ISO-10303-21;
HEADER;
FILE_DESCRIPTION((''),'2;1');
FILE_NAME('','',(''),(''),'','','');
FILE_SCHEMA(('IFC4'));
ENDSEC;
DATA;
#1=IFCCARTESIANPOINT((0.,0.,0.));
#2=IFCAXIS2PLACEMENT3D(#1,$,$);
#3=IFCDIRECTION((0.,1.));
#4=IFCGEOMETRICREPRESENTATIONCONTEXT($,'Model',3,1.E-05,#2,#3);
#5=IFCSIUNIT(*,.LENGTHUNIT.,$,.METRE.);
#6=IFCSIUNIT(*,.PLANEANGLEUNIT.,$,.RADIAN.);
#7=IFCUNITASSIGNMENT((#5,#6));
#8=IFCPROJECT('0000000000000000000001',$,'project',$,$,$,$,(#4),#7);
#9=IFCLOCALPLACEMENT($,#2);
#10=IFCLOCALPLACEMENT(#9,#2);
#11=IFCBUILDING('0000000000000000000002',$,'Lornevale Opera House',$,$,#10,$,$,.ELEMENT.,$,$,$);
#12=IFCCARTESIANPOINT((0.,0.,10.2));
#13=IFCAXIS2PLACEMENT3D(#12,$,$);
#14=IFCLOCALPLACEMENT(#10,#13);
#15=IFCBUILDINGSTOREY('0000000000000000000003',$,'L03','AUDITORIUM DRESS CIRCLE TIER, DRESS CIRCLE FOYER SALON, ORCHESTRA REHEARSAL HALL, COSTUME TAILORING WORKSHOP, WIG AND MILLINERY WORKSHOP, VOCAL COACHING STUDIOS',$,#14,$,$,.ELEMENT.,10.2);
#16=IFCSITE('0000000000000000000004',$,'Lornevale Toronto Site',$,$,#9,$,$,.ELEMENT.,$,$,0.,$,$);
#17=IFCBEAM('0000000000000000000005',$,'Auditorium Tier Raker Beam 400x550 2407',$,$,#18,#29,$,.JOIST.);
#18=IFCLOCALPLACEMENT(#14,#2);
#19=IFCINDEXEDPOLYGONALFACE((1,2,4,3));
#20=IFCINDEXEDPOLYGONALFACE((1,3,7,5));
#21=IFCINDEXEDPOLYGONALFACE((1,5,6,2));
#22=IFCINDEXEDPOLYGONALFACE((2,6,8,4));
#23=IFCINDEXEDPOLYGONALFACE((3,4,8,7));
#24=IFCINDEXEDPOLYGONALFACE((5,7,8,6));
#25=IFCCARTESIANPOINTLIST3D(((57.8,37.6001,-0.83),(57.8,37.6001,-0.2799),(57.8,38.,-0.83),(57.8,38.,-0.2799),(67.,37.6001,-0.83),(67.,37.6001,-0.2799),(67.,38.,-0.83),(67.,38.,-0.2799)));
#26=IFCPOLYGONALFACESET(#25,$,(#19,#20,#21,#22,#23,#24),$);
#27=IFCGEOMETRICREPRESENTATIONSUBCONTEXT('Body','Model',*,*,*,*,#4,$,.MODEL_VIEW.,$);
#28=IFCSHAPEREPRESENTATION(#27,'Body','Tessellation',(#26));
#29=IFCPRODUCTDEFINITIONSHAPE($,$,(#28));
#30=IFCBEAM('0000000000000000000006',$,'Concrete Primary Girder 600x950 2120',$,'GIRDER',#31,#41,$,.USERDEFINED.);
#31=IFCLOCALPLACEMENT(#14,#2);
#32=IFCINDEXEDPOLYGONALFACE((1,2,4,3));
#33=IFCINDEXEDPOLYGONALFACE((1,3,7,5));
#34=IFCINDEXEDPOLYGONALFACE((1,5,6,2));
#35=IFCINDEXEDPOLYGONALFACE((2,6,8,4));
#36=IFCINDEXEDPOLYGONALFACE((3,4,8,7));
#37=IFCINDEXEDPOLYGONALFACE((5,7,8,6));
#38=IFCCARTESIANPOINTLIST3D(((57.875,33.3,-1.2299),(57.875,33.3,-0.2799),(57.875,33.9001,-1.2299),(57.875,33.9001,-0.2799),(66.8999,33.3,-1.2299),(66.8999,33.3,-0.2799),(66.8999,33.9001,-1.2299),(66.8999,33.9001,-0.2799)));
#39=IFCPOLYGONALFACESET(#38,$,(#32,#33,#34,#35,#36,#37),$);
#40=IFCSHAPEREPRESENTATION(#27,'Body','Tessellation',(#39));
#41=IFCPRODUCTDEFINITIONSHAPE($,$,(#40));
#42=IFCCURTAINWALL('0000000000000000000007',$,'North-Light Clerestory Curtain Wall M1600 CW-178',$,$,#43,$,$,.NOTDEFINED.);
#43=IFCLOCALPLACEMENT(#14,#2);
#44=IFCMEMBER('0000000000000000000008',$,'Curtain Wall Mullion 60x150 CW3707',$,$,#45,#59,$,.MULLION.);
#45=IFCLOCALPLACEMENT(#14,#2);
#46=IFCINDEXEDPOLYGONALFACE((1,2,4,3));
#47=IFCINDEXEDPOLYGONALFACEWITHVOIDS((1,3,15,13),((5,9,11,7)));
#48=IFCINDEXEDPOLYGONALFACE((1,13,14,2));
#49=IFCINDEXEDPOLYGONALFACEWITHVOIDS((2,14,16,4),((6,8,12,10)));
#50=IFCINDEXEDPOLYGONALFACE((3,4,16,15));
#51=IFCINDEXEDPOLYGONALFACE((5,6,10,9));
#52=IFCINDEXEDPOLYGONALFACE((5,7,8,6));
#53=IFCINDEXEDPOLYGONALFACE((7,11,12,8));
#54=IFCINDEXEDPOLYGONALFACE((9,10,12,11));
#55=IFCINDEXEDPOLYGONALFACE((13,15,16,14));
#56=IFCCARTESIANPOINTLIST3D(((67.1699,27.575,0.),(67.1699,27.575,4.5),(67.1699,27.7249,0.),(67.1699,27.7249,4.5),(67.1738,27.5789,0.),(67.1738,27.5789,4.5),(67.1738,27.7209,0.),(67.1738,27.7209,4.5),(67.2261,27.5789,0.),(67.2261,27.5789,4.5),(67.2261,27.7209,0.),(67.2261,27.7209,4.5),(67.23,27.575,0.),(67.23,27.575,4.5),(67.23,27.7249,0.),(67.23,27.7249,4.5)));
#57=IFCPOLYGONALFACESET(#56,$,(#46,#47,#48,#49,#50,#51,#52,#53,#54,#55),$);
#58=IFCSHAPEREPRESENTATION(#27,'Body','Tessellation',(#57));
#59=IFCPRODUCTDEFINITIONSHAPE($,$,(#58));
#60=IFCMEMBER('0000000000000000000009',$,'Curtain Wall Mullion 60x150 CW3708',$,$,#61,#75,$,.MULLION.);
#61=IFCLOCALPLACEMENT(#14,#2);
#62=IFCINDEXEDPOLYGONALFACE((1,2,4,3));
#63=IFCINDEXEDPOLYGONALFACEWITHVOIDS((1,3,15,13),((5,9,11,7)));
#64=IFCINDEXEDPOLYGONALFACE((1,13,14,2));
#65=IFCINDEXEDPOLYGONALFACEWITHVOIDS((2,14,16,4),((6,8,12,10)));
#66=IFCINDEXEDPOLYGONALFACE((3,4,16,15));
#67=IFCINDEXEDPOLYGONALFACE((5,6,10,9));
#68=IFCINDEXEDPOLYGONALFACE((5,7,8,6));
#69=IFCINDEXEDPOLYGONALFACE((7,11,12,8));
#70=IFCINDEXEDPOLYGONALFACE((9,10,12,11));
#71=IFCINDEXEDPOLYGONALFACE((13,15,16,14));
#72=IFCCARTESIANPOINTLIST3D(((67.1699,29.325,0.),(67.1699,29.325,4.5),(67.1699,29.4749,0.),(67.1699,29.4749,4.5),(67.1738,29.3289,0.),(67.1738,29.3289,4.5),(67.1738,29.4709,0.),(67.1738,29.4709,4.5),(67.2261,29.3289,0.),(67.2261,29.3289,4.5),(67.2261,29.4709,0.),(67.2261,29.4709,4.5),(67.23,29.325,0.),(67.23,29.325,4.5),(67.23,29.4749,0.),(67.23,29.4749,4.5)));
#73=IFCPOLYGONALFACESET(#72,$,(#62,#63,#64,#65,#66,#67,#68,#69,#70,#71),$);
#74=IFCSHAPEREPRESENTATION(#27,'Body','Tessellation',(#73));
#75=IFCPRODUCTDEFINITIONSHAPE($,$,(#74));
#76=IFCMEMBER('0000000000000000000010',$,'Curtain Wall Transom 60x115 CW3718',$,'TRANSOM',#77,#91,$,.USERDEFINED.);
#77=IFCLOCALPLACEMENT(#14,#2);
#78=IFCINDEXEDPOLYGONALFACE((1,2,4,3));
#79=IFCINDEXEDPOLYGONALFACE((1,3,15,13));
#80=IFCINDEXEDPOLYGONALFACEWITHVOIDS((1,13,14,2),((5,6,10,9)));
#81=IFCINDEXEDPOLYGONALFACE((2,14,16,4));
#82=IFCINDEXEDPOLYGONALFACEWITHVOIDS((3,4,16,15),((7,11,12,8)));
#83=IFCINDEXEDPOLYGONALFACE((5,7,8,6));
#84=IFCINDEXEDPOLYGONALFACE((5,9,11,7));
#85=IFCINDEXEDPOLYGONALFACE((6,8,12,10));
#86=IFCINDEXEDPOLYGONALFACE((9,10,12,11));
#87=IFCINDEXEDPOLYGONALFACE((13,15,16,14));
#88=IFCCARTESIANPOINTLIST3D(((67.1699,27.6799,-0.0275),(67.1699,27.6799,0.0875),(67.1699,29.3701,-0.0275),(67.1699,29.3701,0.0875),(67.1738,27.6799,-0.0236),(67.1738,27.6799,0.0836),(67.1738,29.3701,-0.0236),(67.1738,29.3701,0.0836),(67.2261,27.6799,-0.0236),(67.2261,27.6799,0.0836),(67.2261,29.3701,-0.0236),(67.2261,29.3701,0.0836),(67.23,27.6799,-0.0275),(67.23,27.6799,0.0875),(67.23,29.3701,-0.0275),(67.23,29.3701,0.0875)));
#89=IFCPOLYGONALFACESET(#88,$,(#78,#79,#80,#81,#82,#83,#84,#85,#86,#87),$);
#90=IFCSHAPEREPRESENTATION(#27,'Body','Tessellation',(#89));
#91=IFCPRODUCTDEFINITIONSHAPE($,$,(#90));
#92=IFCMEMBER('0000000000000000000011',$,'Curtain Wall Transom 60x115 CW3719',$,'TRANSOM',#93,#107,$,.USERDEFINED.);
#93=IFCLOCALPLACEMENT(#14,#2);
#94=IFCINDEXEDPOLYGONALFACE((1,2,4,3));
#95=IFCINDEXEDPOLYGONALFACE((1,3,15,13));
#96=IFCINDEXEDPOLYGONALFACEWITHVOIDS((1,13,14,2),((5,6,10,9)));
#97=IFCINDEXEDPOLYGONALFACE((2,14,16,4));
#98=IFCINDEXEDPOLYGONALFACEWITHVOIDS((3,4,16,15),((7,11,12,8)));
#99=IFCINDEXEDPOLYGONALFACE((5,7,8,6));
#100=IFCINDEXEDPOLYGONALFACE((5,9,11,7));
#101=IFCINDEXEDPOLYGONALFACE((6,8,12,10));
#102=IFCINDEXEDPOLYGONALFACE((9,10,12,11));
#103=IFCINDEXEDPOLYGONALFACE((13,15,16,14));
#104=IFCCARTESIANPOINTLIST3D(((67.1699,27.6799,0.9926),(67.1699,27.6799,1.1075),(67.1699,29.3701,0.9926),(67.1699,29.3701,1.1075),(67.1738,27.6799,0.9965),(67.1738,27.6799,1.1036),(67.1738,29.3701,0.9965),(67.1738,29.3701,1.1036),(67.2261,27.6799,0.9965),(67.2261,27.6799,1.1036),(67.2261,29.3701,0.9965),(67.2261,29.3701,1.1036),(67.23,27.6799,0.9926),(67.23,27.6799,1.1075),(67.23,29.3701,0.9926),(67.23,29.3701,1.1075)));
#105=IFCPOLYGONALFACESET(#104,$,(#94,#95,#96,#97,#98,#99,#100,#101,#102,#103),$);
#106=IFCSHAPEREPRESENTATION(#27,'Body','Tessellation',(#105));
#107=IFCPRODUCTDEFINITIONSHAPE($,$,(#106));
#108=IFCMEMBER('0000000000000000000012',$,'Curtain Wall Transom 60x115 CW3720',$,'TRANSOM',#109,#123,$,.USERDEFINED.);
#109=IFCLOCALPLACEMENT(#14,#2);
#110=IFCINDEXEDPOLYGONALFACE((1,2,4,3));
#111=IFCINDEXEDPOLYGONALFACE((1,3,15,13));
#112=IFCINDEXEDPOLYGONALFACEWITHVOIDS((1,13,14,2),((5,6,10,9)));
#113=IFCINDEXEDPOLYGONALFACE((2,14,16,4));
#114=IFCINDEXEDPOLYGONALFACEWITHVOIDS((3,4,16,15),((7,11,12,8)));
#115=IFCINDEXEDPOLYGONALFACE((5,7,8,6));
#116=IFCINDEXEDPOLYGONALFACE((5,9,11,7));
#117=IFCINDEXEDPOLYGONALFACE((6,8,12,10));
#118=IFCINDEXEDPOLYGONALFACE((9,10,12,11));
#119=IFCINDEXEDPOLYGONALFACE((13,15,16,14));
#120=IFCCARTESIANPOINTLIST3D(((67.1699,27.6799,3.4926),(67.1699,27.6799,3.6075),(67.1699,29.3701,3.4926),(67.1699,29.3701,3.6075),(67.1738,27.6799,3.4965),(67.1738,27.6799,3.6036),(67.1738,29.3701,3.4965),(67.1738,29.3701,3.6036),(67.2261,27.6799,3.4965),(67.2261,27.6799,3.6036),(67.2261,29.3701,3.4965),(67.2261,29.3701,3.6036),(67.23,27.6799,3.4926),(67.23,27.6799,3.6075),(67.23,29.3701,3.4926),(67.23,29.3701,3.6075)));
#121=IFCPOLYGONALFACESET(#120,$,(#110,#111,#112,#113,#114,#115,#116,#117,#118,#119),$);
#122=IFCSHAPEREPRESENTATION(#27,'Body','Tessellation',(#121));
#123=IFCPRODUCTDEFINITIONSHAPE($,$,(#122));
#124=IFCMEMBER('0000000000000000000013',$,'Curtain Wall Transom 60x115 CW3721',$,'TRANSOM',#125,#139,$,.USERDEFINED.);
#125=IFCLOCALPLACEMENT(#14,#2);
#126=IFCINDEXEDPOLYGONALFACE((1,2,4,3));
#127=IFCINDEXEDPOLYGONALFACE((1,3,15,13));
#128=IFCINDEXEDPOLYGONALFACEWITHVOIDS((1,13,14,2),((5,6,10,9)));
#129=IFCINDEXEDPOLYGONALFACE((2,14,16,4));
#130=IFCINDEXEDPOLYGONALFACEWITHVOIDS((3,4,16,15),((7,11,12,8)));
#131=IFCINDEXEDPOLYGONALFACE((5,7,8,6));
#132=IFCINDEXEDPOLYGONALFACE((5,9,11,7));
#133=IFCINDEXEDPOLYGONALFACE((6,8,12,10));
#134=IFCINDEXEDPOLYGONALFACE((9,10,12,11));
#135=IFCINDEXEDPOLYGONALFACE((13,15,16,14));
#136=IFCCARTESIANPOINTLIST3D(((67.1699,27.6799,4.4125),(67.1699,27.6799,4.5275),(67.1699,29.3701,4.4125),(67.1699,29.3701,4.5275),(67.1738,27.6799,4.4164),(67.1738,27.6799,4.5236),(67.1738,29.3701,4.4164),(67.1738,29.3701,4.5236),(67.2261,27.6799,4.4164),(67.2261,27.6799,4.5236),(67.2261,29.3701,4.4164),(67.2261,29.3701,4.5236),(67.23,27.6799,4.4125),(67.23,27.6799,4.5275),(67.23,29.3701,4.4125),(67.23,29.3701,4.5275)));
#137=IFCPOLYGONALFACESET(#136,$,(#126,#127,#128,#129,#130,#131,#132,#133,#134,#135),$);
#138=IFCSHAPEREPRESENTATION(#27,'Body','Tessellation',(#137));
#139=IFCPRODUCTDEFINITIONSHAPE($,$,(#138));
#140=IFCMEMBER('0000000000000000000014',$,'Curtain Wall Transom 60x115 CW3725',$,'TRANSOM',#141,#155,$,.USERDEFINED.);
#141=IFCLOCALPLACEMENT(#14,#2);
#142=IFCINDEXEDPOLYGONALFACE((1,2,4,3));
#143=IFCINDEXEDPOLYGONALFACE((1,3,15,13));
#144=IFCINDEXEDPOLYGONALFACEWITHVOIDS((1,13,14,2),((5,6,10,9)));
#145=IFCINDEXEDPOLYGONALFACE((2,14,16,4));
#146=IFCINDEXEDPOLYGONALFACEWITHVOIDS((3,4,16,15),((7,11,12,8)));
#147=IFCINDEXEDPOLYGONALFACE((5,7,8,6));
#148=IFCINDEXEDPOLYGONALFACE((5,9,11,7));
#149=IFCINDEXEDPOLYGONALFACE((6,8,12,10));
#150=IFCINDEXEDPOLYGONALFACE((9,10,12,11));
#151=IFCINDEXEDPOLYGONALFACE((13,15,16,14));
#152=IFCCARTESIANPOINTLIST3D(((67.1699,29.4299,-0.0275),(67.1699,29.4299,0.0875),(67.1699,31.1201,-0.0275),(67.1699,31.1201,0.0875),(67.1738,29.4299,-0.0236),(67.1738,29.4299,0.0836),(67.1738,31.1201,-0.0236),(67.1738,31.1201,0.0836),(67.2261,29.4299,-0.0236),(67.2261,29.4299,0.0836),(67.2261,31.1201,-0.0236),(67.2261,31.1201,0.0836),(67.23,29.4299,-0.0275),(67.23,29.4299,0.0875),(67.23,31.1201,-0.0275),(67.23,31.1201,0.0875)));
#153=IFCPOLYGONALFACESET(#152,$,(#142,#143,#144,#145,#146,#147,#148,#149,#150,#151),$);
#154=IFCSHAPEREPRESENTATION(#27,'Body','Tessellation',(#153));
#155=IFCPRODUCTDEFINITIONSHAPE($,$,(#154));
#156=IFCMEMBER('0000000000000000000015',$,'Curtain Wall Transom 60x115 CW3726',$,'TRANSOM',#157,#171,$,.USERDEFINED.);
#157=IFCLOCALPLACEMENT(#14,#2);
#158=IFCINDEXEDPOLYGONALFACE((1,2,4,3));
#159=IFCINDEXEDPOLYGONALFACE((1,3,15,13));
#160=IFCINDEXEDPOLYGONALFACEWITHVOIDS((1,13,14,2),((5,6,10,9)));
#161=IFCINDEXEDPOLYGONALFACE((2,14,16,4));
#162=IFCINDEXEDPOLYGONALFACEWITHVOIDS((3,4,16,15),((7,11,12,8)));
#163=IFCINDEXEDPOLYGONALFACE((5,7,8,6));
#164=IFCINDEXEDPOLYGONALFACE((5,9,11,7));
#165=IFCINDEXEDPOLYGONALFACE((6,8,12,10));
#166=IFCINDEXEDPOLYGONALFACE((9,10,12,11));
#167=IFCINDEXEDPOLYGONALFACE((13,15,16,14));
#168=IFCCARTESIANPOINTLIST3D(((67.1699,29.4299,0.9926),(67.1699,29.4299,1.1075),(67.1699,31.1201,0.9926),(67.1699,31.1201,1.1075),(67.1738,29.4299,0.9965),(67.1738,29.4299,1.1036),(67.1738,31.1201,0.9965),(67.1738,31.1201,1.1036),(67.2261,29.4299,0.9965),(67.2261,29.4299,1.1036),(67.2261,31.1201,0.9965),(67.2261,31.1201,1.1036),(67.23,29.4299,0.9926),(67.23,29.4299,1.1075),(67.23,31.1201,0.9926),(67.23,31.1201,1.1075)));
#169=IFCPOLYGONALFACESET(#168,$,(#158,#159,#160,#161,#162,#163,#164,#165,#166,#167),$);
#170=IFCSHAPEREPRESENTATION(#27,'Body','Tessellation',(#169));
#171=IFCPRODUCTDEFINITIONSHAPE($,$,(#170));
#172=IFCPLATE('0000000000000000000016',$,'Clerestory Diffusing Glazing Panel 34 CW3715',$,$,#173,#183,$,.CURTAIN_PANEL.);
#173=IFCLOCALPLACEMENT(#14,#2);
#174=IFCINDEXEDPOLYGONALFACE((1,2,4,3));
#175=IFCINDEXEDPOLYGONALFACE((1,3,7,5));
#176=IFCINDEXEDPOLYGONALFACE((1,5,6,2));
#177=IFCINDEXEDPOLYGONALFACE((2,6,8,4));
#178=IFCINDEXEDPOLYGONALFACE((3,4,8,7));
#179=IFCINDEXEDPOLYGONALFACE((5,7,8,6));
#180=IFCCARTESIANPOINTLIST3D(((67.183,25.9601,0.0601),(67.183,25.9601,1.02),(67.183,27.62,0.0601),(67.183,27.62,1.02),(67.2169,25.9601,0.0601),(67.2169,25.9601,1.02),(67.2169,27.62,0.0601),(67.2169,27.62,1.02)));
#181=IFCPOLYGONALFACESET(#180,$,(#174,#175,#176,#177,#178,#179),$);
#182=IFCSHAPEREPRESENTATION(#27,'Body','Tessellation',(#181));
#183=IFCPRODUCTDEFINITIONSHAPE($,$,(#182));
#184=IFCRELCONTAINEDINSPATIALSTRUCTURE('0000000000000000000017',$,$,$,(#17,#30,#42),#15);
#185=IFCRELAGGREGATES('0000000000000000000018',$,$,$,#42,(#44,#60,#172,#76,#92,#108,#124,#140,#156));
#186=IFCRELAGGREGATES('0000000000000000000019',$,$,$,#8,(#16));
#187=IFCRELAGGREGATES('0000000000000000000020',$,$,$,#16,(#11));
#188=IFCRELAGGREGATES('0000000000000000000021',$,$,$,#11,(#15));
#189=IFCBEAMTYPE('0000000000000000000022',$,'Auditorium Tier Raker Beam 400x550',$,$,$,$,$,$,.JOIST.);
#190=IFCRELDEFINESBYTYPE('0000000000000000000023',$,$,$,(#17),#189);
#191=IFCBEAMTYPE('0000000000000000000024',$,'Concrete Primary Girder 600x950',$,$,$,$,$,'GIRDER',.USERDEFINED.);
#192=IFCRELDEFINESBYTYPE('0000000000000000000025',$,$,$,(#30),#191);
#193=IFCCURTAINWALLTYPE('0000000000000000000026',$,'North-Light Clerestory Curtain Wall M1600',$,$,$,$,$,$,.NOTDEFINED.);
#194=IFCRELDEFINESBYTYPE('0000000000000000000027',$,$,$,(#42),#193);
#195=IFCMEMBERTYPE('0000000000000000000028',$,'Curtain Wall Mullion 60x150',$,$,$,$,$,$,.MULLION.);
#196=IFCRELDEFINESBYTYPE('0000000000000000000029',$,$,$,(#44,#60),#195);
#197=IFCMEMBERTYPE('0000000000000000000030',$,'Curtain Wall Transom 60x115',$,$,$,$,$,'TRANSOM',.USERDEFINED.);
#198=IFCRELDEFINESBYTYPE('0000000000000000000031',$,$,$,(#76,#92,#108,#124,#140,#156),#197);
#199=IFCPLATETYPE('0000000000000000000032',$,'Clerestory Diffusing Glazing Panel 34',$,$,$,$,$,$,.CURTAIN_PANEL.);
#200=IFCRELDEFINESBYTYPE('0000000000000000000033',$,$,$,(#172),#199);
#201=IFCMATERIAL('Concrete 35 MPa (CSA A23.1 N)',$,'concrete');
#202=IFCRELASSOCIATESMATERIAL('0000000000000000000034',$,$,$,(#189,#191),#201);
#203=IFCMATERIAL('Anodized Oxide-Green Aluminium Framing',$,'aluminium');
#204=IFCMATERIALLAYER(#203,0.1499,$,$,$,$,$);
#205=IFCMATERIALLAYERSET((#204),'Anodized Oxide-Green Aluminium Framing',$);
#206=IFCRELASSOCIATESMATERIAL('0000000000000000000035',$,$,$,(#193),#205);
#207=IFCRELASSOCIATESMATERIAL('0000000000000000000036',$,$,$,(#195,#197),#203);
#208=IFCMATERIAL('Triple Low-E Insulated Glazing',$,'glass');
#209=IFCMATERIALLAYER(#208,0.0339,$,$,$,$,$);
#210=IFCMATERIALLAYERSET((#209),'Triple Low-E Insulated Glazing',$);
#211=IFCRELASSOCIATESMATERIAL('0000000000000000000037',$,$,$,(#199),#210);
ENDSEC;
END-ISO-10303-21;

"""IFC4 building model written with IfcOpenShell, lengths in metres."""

from ifc_helpers import new_model, si_unit, direction, frame, origin, origin_2d, place, context, subcontext, project, spatial, rectangle, hollow_rectangle, extrude, material, layer, layer_set, material_profile, profile_set, type_object, element, aggregate, save


model = new_model("IFC4")

# Units and contexts
model_context = context("Model", 3, precision=1e-05, world=origin(), true_north=direction((0.0, 1.0)))
body_context = subcontext(model_context, "Body", "Model", "MODEL_VIEW")
ifc_project = project(units=[si_unit("LENGTHUNIT", "METRE"), si_unit("PLANEANGLEUNIT", "RADIAN")], contexts=[model_context])

# Site, building, storey
site_placement = place(None, origin())
site = spatial("IfcSite", under=ifc_project, at=site_placement, Name="Lornevale Toronto Site", CompositionType="ELEMENT", RefElevation=0.0)
building_placement = place(site_placement, origin())
building = spatial("IfcBuilding", under=site, at=building_placement, Name="Lornevale Opera House", CompositionType="ELEMENT")
storey_placement = place(building_placement, frame((0.0, 0.0, 10.2)))
storey = spatial("IfcBuildingStorey", under=building, at=storey_placement, Name="L03", Description="AUDITORIUM DRESS CIRCLE TIER, DRESS CIRCLE FOYER SALON, ORCHESTRA REHEARSAL HALL, COSTUME TAILORING WORKSHOP, WIG AND MILLINERY WORKSHOP, VOCAL COACHING STUDIOS", CompositionType="ELEMENT", Elevation=10.2)

# Beams
ifc_material_1 = material(Name="Concrete 35 MPa (CSA A23.1 N)", Category="concrete")
ifc_material_profile_1 = material_profile(ifc_material_1, rectangle(XDim=0.3999, YDim=0.55, at=origin_2d()), Name="RC400x550")
ifc_profile_set_1 = profile_set([ifc_material_profile_1], Name="Concrete 35 MPa (CSA A23.1 N)")
beam_type_1 = type_object("IfcBeamType", Name="Auditorium Tier Raker Beam 400x550", PredefinedType="JOIST", material=ifc_profile_set_1)
beam_1_placement = place(storey_placement, frame((57.8, 37.8, -0.5549), z_axis=(1.0, 0.0, 0.0), x_axis=(0.0, 1.0, 0.0)))
element("IfcBeam", 1, at=beam_1_placement, inside=storey, type_object=beam_type_1, Name="Auditorium Tier Raker Beam 400x550 2407", PredefinedType="JOIST", context=body_context, shape_type="SweptSolid", body=[
    extrude(rectangle(XDim=0.3999, YDim=0.55, at=origin_2d()), origin(), (0.0, 0.0, 1.0), 9.2),
])
ifc_material_profile_2 = material_profile(ifc_material_1, rectangle(XDim=0.6001, YDim=0.95, at=origin_2d()), Name="RC600x950")
ifc_profile_set_2 = profile_set([ifc_material_profile_2], Name="Concrete 35 MPa (CSA A23.1 N)")
beam_type_2 = type_object("IfcBeamType", Name="Concrete Primary Girder 600x950", ElementType="GIRDER", PredefinedType="USERDEFINED", material=ifc_profile_set_2)
beam_2_placement = place(storey_placement, frame((57.875, 33.6001, -0.7549), z_axis=(1.0, 0.0, 0.0), x_axis=(0.0, 1.0, 0.0)))
element("IfcBeam", 2, at=beam_2_placement, inside=storey, type_object=beam_type_2, Name="Concrete Primary Girder 600x950 2120", ObjectType="GIRDER", PredefinedType="USERDEFINED", context=body_context, shape_type="SweptSolid", body=[
    extrude(rectangle(XDim=0.6001, YDim=0.95, at=origin_2d()), origin(), (0.0, 0.0, 1.0), 9.0249),
])

# Curtain wall, members, plate
ifc_material_2 = material(Name="Anodized Oxide-Green Aluminium Framing", Category="aluminium")
ifc_layer_1 = layer(ifc_material_2, 0.1499)
ifc_layer_set_1 = layer_set([ifc_layer_1], Name="Anodized Oxide-Green Aluminium Framing")
curtain_wall_type = type_object("IfcCurtainWallType", Name="North-Light Clerestory Curtain Wall M1600", PredefinedType="NOTDEFINED", material=ifc_layer_set_1)
curtain_wall_placement = place(storey_placement, origin())
curtain_wall = element("IfcCurtainWall", 3, at=curtain_wall_placement, inside=storey, type_object=curtain_wall_type, Name="North-Light Clerestory Curtain Wall M1600 CW-178", PredefinedType="NOTDEFINED")
ifc_material_profile_3 = material_profile(ifc_material_2, hollow_rectangle(XDim=0.0601, YDim=0.1499, WallThickness=0.0039, at=origin_2d()), Name="ALU60x150x4")
ifc_profile_set_3 = profile_set([ifc_material_profile_3], Name="Anodized Oxide-Green Aluminium Framing")
member_type_1 = type_object("IfcMemberType", Name="Curtain Wall Mullion 60x150", PredefinedType="MULLION", material=ifc_profile_set_3)
member_1_placement = place(storey_placement, frame((67.2, 27.6499, 0.0), z_axis=(0.0, 0.0, 1.0), x_axis=(-1.0, 0.0, 0.0)))
member_1 = element("IfcMember", 4, at=member_1_placement, type_object=member_type_1, Name="Curtain Wall Mullion 60x150 CW3707", PredefinedType="MULLION", context=body_context, shape_type="SweptSolid", body=[
    extrude(hollow_rectangle(XDim=0.0601, YDim=0.1499, WallThickness=0.0039, at=origin_2d()), origin(), (0.0, 0.0, 1.0), 4.5),
])
member_2_placement = place(storey_placement, frame((67.2, 29.3999, 0.0), z_axis=(0.0, 0.0, 1.0), x_axis=(-1.0, 0.0, 0.0)))
member_2 = element("IfcMember", 5, at=member_2_placement, type_object=member_type_1, Name="Curtain Wall Mullion 60x150 CW3708", PredefinedType="MULLION", context=body_context, shape_type="SweptSolid", body=[
    extrude(hollow_rectangle(XDim=0.0601, YDim=0.1499, WallThickness=0.0039, at=origin_2d()), origin(), (0.0, 0.0, 1.0), 4.5),
])
ifc_material_profile_4 = material_profile(ifc_material_2, hollow_rectangle(XDim=0.0601, YDim=0.115, WallThickness=0.0039, at=origin_2d()), Name="ALU60x115x4")
ifc_profile_set_4 = profile_set([ifc_material_profile_4], Name="Anodized Oxide-Green Aluminium Framing")
member_type_2 = type_object("IfcMemberType", Name="Curtain Wall Transom 60x115", ElementType="TRANSOM", PredefinedType="USERDEFINED", material=ifc_profile_set_4)
member_3_placement = place(storey_placement, frame((67.2, 27.6799, 0.03), z_axis=(0.0, 1.0, 0.0), x_axis=(-1.0, 0.0, 0.0)))
member_3 = element("IfcMember", 6, at=member_3_placement, type_object=member_type_2, Name="Curtain Wall Transom 60x115 CW3718", ObjectType="TRANSOM", PredefinedType="USERDEFINED", context=body_context, shape_type="SweptSolid", body=[
    extrude(hollow_rectangle(XDim=0.0601, YDim=0.115, WallThickness=0.0039, at=origin_2d()), origin(), (0.0, 0.0, 1.0), 1.6902),
])
member_4_placement = place(storey_placement, frame((67.2, 27.6799, 1.05), z_axis=(0.0, 1.0, 0.0), x_axis=(-1.0, 0.0, 0.0)))
member_4 = element("IfcMember", 7, at=member_4_placement, type_object=member_type_2, Name="Curtain Wall Transom 60x115 CW3719", ObjectType="TRANSOM", PredefinedType="USERDEFINED", context=body_context, shape_type="SweptSolid", body=[
    extrude(hollow_rectangle(XDim=0.0601, YDim=0.115, WallThickness=0.0039, at=origin_2d()), origin(), (0.0, 0.0, 1.0), 1.6902),
])
member_5_placement = place(storey_placement, frame((67.2, 27.6799, 3.55), z_axis=(0.0, 1.0, 0.0), x_axis=(-1.0, 0.0, 0.0)))
member_5 = element("IfcMember", 8, at=member_5_placement, type_object=member_type_2, Name="Curtain Wall Transom 60x115 CW3720", ObjectType="TRANSOM", PredefinedType="USERDEFINED", context=body_context, shape_type="SweptSolid", body=[
    extrude(hollow_rectangle(XDim=0.0601, YDim=0.115, WallThickness=0.0039, at=origin_2d()), origin(), (0.0, 0.0, 1.0), 1.6902),
])
member_6_placement = place(storey_placement, frame((67.2, 27.6799, 4.47), z_axis=(0.0, 1.0, 0.0), x_axis=(-1.0, 0.0, 0.0)))
member_6 = element("IfcMember", 9, at=member_6_placement, type_object=member_type_2, Name="Curtain Wall Transom 60x115 CW3721", ObjectType="TRANSOM", PredefinedType="USERDEFINED", context=body_context, shape_type="SweptSolid", body=[
    extrude(hollow_rectangle(XDim=0.0601, YDim=0.115, WallThickness=0.0039, at=origin_2d()), origin(), (0.0, 0.0, 1.0), 1.6902),
])
member_7_placement = place(storey_placement, frame((67.2, 29.4299, 0.03), z_axis=(0.0, 1.0, 0.0), x_axis=(-1.0, 0.0, 0.0)))
member_7 = element("IfcMember", 10, at=member_7_placement, type_object=member_type_2, Name="Curtain Wall Transom 60x115 CW3725", ObjectType="TRANSOM", PredefinedType="USERDEFINED", context=body_context, shape_type="SweptSolid", body=[
    extrude(hollow_rectangle(XDim=0.0601, YDim=0.115, WallThickness=0.0039, at=origin_2d()), origin(), (0.0, 0.0, 1.0), 1.6902),
])
member_8_placement = place(storey_placement, frame((67.2, 29.4299, 1.05), z_axis=(0.0, 1.0, 0.0), x_axis=(-1.0, 0.0, 0.0)))
member_8 = element("IfcMember", 11, at=member_8_placement, type_object=member_type_2, Name="Curtain Wall Transom 60x115 CW3726", ObjectType="TRANSOM", PredefinedType="USERDEFINED", context=body_context, shape_type="SweptSolid", body=[
    extrude(hollow_rectangle(XDim=0.0601, YDim=0.115, WallThickness=0.0039, at=origin_2d()), origin(), (0.0, 0.0, 1.0), 1.6902),
])
ifc_material_3 = material(Name="Triple Low-E Insulated Glazing", Category="glass")
ifc_layer_2 = layer(ifc_material_3, 0.0339)
ifc_layer_set_2 = layer_set([ifc_layer_2], Name="Triple Low-E Insulated Glazing")
plate_type = type_object("IfcPlateType", Name="Clerestory Diffusing Glazing Panel 34", PredefinedType="CURTAIN_PANEL", material=ifc_layer_set_2)
plate_1_placement = place(storey_placement, frame((67.2, 26.79, 0.0601), z_axis=(0.0, 0.0, 1.0), x_axis=(0.0, 1.0, 0.0)))
plate_1 = element("IfcPlate", 12, at=plate_1_placement, type_object=plate_type, Name="Clerestory Diffusing Glazing Panel 34 CW3715", PredefinedType="CURTAIN_PANEL", context=body_context, shape_type="SweptSolid", body=[
    extrude(rectangle(XDim=1.6599, YDim=0.0339, at=origin_2d()), origin(), (0.0, 0.0, 1.0), 0.96),
])
aggregate(curtain_wall, [member_1, member_2, plate_1, member_3, member_4, member_5, member_6, member_7, member_8])

save(model, "model.ifc")
